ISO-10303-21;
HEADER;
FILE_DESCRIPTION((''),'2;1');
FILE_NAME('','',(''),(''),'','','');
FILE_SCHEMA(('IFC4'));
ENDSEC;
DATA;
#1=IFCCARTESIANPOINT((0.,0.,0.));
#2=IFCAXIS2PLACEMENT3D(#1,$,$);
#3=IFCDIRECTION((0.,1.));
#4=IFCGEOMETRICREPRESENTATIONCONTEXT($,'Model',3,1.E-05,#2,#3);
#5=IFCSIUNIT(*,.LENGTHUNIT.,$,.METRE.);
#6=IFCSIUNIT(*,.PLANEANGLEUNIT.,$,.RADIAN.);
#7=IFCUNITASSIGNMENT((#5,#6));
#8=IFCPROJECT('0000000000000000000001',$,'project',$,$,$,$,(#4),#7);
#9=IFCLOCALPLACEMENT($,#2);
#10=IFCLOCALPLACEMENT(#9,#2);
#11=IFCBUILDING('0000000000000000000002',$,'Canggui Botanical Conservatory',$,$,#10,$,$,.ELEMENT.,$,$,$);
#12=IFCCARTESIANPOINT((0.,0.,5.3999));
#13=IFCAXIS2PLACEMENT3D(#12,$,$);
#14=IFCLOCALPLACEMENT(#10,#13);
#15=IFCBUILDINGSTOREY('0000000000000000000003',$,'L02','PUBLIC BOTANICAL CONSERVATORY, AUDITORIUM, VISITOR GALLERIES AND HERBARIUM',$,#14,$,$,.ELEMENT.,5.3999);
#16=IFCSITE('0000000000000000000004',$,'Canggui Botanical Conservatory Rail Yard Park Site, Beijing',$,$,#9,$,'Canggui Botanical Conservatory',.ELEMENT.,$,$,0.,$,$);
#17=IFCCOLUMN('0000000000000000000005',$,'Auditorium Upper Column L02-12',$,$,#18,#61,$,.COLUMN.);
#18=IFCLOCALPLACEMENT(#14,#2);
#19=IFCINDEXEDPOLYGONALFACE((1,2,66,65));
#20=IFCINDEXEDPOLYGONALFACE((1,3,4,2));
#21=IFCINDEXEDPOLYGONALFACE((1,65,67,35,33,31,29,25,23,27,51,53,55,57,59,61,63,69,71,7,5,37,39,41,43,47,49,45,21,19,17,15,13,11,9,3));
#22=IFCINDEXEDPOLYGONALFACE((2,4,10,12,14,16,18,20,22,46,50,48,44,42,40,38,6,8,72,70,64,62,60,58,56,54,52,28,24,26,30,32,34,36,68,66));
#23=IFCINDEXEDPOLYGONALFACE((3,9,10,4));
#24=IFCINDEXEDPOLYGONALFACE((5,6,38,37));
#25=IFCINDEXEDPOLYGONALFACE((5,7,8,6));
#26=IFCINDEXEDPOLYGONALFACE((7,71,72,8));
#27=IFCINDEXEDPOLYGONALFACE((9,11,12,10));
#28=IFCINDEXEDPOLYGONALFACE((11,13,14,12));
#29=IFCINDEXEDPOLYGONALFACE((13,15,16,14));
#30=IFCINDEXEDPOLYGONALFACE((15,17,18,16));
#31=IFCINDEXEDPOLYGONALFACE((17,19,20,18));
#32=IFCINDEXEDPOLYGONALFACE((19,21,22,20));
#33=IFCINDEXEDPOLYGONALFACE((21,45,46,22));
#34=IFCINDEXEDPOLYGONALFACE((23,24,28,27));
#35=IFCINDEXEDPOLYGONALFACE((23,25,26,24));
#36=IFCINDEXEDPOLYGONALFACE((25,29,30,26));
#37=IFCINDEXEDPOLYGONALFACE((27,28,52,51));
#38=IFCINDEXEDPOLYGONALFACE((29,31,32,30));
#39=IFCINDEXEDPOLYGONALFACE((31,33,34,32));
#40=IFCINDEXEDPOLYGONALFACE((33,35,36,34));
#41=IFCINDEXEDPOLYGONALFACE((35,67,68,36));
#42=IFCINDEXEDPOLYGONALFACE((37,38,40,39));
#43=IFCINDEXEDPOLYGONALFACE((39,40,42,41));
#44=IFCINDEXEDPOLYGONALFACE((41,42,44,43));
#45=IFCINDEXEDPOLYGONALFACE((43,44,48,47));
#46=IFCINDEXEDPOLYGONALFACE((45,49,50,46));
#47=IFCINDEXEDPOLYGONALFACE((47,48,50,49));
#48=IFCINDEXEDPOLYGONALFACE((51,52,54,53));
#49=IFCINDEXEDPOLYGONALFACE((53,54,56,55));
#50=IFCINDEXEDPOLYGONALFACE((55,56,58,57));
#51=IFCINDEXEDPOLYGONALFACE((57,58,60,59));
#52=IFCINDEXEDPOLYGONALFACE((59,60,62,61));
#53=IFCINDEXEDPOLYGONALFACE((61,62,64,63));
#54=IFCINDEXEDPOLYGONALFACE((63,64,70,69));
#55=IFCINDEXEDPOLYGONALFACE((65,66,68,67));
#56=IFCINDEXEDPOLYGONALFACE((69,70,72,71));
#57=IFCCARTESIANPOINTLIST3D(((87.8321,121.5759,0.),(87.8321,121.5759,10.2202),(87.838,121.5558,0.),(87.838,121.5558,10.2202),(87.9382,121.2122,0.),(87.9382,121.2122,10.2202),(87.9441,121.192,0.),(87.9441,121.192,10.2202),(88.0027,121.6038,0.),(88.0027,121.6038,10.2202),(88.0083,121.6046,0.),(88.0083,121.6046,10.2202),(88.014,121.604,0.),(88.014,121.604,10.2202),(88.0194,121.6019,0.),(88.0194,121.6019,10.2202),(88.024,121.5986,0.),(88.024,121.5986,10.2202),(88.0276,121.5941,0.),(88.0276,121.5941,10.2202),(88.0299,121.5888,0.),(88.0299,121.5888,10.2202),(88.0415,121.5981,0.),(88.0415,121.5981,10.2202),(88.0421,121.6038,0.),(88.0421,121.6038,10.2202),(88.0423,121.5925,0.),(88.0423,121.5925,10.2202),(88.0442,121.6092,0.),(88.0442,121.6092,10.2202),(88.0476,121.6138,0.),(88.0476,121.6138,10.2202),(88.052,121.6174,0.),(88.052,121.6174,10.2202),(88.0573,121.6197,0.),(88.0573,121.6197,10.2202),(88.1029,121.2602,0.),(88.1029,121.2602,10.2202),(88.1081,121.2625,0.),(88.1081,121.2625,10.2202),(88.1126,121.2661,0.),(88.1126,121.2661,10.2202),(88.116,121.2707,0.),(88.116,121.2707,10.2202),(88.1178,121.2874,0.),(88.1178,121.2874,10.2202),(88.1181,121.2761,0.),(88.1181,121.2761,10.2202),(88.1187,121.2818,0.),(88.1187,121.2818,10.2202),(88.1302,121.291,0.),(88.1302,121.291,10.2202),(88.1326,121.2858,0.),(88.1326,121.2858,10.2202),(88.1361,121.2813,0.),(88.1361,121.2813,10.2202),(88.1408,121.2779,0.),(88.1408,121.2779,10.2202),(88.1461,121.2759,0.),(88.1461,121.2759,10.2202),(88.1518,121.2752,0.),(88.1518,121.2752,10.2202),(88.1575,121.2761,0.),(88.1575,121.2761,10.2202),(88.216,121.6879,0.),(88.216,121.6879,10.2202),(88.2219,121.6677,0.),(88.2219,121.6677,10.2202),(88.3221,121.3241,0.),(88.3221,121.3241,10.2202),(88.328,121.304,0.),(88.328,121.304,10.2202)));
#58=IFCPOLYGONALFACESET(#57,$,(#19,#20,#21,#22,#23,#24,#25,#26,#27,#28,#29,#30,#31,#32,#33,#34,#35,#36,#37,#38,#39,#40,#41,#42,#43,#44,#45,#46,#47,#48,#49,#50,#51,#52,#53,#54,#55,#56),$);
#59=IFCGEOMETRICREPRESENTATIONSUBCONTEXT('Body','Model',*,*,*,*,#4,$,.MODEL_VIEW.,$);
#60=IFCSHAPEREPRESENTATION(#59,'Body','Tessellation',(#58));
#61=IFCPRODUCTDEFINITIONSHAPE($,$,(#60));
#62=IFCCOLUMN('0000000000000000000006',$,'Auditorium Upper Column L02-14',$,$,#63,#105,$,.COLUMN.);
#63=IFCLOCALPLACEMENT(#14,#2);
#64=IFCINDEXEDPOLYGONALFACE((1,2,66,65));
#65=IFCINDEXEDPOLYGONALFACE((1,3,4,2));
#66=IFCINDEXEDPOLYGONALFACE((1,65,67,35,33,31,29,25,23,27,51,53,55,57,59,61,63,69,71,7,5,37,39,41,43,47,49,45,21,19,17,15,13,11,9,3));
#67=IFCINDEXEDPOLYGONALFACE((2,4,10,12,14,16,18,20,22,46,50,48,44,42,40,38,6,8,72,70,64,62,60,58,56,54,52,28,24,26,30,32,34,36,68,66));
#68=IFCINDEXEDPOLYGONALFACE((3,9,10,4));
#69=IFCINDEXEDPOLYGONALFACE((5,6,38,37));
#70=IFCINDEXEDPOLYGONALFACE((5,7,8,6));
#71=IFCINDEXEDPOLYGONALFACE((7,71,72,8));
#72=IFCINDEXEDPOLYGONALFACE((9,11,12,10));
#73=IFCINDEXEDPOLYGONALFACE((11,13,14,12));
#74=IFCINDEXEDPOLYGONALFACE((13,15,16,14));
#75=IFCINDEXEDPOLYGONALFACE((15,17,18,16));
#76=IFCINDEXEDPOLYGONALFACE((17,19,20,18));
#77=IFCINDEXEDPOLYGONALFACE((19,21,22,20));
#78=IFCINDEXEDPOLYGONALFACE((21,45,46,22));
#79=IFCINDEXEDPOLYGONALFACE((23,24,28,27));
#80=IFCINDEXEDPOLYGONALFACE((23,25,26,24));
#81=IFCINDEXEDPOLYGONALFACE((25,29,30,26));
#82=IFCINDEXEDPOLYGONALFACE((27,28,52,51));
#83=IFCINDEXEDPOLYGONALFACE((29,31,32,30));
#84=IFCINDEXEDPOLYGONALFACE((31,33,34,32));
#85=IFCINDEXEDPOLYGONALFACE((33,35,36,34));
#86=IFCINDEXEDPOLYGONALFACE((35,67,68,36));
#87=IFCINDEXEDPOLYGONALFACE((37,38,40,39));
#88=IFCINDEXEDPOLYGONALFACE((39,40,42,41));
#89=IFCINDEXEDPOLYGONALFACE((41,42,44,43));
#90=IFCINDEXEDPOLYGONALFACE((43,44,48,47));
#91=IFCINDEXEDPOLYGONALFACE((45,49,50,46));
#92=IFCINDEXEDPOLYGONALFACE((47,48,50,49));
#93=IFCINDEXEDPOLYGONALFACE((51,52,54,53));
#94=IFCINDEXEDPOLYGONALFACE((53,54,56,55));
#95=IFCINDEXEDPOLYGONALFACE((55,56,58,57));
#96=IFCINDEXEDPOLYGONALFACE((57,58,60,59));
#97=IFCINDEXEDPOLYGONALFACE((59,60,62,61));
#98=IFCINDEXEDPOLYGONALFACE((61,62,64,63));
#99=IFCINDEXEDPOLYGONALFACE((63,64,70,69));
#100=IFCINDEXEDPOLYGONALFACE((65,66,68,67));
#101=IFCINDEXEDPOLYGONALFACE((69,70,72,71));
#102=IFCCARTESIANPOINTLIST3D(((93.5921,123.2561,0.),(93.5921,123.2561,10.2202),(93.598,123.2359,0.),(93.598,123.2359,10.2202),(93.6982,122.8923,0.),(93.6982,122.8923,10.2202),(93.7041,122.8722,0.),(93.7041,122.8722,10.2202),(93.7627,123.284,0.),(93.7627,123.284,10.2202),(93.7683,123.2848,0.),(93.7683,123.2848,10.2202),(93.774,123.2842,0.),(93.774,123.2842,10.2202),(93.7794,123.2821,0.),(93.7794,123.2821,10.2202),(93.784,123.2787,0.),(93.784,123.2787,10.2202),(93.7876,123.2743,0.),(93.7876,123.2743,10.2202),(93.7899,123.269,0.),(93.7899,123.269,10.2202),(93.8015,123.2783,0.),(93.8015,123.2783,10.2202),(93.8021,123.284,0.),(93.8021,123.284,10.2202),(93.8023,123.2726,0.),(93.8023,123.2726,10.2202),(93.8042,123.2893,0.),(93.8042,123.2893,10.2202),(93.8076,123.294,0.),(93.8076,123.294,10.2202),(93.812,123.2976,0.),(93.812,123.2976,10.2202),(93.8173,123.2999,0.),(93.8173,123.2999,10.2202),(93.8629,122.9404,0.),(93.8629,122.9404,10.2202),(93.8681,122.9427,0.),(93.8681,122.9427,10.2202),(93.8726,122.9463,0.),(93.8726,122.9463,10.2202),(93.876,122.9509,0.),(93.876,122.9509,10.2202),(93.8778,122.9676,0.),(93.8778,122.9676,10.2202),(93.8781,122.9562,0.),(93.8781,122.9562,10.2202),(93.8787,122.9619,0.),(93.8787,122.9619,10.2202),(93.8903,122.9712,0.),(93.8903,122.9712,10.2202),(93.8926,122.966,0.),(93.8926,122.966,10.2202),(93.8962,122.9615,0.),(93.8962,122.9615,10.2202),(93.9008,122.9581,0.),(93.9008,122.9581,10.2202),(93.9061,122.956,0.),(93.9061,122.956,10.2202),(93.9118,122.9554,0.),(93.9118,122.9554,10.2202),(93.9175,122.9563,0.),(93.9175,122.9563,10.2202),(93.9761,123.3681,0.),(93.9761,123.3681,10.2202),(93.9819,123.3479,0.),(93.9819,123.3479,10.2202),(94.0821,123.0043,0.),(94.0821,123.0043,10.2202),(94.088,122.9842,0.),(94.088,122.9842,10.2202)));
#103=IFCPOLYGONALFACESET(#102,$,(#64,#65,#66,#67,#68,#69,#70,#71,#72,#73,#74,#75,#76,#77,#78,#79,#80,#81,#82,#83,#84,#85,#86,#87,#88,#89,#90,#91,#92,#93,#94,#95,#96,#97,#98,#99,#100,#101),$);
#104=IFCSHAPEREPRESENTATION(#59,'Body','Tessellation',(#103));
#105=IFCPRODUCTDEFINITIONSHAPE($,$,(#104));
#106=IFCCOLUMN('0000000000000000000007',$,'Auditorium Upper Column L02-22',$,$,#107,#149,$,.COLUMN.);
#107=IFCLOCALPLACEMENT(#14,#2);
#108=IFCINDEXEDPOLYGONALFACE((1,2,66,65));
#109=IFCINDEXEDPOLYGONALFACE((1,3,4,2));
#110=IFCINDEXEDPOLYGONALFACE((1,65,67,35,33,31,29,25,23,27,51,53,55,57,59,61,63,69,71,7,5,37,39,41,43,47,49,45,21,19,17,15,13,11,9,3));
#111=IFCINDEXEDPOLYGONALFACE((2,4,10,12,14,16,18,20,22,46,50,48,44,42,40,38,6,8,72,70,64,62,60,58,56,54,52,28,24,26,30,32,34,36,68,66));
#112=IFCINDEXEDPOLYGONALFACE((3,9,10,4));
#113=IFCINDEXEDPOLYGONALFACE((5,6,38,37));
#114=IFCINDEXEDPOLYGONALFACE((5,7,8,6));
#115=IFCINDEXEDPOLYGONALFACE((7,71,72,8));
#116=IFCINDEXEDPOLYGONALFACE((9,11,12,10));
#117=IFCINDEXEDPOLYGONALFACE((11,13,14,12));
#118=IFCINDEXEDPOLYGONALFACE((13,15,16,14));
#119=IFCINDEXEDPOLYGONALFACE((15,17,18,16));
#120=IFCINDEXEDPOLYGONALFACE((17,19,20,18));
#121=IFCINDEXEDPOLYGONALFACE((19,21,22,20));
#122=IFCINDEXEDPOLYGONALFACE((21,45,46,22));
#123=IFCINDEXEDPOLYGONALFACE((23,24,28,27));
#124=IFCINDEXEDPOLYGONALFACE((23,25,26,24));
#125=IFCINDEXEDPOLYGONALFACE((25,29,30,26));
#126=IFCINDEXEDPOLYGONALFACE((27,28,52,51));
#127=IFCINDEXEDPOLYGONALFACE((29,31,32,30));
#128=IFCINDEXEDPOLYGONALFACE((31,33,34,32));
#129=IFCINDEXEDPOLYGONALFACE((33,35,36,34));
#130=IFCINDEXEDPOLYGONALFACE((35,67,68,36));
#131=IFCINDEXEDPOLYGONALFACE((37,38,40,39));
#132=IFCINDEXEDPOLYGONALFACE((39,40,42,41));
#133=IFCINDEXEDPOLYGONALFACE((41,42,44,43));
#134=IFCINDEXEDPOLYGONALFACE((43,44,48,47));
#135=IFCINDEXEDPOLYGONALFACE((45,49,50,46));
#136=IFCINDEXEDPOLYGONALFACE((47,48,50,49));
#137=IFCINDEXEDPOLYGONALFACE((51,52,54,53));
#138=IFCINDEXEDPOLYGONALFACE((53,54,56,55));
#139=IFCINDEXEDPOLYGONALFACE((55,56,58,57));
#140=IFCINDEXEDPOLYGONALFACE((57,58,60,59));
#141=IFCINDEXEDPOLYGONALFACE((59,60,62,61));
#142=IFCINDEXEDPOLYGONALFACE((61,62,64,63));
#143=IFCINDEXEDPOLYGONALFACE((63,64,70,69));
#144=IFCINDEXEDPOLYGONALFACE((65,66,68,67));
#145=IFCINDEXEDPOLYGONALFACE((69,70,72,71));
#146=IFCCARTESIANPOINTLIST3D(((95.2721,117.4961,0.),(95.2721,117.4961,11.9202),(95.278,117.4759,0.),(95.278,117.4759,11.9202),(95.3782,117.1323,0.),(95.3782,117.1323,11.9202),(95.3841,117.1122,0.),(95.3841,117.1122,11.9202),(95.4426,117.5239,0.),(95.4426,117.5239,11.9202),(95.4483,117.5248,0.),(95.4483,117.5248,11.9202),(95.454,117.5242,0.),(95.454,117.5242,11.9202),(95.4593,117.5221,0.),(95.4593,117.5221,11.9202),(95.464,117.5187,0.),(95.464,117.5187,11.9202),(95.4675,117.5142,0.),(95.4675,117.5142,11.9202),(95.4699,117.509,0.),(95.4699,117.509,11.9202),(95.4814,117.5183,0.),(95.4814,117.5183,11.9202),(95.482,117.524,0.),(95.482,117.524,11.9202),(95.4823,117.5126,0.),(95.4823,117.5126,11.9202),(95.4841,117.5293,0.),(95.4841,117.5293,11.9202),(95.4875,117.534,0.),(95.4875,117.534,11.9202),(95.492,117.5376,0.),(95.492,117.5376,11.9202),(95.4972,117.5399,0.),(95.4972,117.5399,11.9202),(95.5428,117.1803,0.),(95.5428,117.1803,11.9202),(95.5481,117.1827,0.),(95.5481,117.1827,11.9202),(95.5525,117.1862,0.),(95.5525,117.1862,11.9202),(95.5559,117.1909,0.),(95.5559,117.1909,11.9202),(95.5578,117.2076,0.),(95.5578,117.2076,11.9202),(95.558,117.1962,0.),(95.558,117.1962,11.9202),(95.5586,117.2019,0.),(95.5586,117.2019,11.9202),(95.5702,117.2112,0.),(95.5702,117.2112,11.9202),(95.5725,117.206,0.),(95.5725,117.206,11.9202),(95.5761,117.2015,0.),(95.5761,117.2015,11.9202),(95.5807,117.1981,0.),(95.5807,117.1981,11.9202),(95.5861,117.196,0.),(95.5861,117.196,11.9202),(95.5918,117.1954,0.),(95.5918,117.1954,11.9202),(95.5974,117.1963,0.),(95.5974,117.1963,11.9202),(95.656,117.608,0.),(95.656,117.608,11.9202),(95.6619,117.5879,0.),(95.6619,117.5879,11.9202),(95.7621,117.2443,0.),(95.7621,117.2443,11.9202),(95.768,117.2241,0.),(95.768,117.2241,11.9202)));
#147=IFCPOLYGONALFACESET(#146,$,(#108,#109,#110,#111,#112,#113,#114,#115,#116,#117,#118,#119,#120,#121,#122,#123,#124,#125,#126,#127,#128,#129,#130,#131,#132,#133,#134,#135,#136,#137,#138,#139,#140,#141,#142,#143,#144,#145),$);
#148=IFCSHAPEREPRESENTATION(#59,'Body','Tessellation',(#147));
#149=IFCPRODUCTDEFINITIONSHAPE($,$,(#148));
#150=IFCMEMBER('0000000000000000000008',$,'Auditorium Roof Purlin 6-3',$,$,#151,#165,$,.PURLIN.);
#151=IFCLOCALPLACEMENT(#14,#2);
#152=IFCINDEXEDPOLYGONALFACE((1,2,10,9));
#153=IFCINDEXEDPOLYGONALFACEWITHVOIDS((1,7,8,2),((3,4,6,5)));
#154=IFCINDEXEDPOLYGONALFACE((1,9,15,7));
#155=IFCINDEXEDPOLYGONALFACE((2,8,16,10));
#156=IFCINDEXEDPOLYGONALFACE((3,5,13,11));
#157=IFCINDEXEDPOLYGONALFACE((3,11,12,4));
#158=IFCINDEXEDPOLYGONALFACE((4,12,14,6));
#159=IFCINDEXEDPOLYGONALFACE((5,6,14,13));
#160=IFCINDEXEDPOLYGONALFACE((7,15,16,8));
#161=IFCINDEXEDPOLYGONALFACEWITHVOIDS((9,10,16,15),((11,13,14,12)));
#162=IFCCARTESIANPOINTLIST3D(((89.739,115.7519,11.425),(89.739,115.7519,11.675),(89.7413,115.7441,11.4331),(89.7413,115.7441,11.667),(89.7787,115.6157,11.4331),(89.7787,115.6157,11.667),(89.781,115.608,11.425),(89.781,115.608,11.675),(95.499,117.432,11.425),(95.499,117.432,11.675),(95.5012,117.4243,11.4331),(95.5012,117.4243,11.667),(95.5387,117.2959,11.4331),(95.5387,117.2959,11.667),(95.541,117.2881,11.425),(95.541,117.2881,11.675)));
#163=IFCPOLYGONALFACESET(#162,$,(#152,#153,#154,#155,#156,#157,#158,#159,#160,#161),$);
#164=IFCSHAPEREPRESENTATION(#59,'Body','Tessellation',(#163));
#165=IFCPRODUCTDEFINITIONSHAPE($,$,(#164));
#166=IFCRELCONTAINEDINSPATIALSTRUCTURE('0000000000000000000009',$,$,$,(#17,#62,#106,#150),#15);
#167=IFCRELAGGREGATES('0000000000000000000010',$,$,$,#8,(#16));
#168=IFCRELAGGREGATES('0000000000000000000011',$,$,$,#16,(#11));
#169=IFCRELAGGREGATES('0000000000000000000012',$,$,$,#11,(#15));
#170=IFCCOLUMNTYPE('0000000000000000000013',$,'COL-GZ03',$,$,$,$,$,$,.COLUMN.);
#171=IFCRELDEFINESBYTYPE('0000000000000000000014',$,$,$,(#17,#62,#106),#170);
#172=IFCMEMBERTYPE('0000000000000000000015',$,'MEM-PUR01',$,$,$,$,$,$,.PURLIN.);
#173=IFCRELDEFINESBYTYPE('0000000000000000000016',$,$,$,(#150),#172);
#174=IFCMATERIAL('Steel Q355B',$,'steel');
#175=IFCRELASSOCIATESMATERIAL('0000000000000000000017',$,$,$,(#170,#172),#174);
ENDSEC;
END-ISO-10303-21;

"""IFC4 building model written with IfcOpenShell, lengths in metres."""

from ifc_helpers import new_model, si_unit, direction, frame, origin, origin_2d, place, context, subcontext, project, spatial, hollow_rectangle, i_section, extrude, material, material_profile, profile_set, type_object, element, save


model = new_model("IFC4")

# Units and contexts
model_context = context("Model", 3, precision=1e-05, world=origin(), true_north=direction((0.0, 1.0)))
body_context = subcontext(model_context, "Body", "Model", "MODEL_VIEW")
ifc_project = project(units=[si_unit("LENGTHUNIT", "METRE"), si_unit("PLANEANGLEUNIT", "RADIAN")], contexts=[model_context])

# Site, building, storey
site_placement = place(None, origin())
site = spatial("IfcSite", under=ifc_project, at=site_placement, Name="Canggui Botanical Conservatory Rail Yard Park Site, Beijing", LongName="Canggui Botanical Conservatory", CompositionType="ELEMENT", RefElevation=0.0)
building_placement = place(site_placement, origin())
building = spatial("IfcBuilding", under=site, at=building_placement, Name="Canggui Botanical Conservatory", CompositionType="ELEMENT")
storey_placement = place(building_placement, frame((0.0, 0.0, 5.3999)))
storey = spatial("IfcBuildingStorey", under=building, at=storey_placement, Name="L02", Description="PUBLIC BOTANICAL CONSERVATORY, AUDITORIUM, VISITOR GALLERIES AND HERBARIUM", CompositionType="ELEMENT", Elevation=5.3999)

# Columns
ifc_material_1 = material(Name="Steel Q355B", Category="steel")
ifc_material_profile_1 = material_profile(ifc_material_1, i_section(OverallWidth=0.3999, OverallDepth=0.3999, WebThickness=0.0129, FlangeThickness=0.021, FilletRadius=0.022, at=origin_2d()), Name="HW 400x400x13x21")
ifc_profile_set_1 = profile_set([ifc_material_profile_1], Name="Steel Q355B")
column_type = type_object("IfcColumnType", Name="COL-GZ03", PredefinedType="COLUMN", material=ifc_profile_set_1)
for number, where, z_axis, x_axis, name in (
    (1, (88.0801, 121.4399, 0.0), (0.0, 0.0, 1.0), (0.96, 0.28, 0.0), "Auditorium Upper Column L02-12"),
    (2, (93.8401, 123.1201, 0.0), (0.0, 0.0, 1.0), (0.96, 0.28, 0.0), "Auditorium Upper Column L02-14"),
):
    element("IfcColumn", number, at=place(storey_placement, frame(where, z_axis=z_axis, x_axis=x_axis)), inside=storey, type_object=column_type, Name=name, PredefinedType="COLUMN", context=body_context, shape_type="SweptSolid", body=[
        extrude(i_section(OverallWidth=0.3999, OverallDepth=0.3999, WebThickness=0.0129, FlangeThickness=0.021, FilletRadius=0.022, at=origin_2d()), origin(), (0.0, 0.0, 1.0), 10.2202),
    ])
column_placement = place(storey_placement, frame((95.52, 117.3601, 0.0), z_axis=(0.0, 0.0, 1.0), x_axis=(0.96, 0.28, 0.0)))
element("IfcColumn", 3, at=column_placement, inside=storey, type_object=column_type, Name="Auditorium Upper Column L02-22", PredefinedType="COLUMN", context=body_context, shape_type="SweptSolid", body=[
    extrude(i_section(OverallWidth=0.3999, OverallDepth=0.3999, WebThickness=0.0129, FlangeThickness=0.021, FilletRadius=0.022, at=origin_2d()), origin(), (0.0, 0.0, 1.0), 11.9202),
])

# Member
ifc_material_profile_2 = material_profile(ifc_material_1, hollow_rectangle(XDim=0.1499, YDim=0.25, WallThickness=0.0081, at=origin_2d()), Name="RHS 150x250x8")
ifc_profile_set_2 = profile_set([ifc_material_profile_2], Name="Steel Q355B")
member_type_1 = type_object("IfcMemberType", Name="MEM-PUR01", PredefinedType="PURLIN", material=ifc_profile_set_2)
member_1_placement = place(storey_placement, frame((89.76, 115.6799, 11.55), z_axis=(0.959992, 0.280027, 0.0), x_axis=(-0.280027, 0.959992, 0.0)))
element("IfcMember", 4, at=member_1_placement, inside=storey, type_object=member_type_1, Name="Auditorium Roof Purlin 6-3", PredefinedType="PURLIN", context=body_context, shape_type="SweptSolid", body=[
    extrude(hollow_rectangle(XDim=0.1499, YDim=0.25, WallThickness=0.0081, at=origin_2d()), origin(), (0.0, 0.0, 1.0), 6.0),
])

save(model, "model.ifc")
